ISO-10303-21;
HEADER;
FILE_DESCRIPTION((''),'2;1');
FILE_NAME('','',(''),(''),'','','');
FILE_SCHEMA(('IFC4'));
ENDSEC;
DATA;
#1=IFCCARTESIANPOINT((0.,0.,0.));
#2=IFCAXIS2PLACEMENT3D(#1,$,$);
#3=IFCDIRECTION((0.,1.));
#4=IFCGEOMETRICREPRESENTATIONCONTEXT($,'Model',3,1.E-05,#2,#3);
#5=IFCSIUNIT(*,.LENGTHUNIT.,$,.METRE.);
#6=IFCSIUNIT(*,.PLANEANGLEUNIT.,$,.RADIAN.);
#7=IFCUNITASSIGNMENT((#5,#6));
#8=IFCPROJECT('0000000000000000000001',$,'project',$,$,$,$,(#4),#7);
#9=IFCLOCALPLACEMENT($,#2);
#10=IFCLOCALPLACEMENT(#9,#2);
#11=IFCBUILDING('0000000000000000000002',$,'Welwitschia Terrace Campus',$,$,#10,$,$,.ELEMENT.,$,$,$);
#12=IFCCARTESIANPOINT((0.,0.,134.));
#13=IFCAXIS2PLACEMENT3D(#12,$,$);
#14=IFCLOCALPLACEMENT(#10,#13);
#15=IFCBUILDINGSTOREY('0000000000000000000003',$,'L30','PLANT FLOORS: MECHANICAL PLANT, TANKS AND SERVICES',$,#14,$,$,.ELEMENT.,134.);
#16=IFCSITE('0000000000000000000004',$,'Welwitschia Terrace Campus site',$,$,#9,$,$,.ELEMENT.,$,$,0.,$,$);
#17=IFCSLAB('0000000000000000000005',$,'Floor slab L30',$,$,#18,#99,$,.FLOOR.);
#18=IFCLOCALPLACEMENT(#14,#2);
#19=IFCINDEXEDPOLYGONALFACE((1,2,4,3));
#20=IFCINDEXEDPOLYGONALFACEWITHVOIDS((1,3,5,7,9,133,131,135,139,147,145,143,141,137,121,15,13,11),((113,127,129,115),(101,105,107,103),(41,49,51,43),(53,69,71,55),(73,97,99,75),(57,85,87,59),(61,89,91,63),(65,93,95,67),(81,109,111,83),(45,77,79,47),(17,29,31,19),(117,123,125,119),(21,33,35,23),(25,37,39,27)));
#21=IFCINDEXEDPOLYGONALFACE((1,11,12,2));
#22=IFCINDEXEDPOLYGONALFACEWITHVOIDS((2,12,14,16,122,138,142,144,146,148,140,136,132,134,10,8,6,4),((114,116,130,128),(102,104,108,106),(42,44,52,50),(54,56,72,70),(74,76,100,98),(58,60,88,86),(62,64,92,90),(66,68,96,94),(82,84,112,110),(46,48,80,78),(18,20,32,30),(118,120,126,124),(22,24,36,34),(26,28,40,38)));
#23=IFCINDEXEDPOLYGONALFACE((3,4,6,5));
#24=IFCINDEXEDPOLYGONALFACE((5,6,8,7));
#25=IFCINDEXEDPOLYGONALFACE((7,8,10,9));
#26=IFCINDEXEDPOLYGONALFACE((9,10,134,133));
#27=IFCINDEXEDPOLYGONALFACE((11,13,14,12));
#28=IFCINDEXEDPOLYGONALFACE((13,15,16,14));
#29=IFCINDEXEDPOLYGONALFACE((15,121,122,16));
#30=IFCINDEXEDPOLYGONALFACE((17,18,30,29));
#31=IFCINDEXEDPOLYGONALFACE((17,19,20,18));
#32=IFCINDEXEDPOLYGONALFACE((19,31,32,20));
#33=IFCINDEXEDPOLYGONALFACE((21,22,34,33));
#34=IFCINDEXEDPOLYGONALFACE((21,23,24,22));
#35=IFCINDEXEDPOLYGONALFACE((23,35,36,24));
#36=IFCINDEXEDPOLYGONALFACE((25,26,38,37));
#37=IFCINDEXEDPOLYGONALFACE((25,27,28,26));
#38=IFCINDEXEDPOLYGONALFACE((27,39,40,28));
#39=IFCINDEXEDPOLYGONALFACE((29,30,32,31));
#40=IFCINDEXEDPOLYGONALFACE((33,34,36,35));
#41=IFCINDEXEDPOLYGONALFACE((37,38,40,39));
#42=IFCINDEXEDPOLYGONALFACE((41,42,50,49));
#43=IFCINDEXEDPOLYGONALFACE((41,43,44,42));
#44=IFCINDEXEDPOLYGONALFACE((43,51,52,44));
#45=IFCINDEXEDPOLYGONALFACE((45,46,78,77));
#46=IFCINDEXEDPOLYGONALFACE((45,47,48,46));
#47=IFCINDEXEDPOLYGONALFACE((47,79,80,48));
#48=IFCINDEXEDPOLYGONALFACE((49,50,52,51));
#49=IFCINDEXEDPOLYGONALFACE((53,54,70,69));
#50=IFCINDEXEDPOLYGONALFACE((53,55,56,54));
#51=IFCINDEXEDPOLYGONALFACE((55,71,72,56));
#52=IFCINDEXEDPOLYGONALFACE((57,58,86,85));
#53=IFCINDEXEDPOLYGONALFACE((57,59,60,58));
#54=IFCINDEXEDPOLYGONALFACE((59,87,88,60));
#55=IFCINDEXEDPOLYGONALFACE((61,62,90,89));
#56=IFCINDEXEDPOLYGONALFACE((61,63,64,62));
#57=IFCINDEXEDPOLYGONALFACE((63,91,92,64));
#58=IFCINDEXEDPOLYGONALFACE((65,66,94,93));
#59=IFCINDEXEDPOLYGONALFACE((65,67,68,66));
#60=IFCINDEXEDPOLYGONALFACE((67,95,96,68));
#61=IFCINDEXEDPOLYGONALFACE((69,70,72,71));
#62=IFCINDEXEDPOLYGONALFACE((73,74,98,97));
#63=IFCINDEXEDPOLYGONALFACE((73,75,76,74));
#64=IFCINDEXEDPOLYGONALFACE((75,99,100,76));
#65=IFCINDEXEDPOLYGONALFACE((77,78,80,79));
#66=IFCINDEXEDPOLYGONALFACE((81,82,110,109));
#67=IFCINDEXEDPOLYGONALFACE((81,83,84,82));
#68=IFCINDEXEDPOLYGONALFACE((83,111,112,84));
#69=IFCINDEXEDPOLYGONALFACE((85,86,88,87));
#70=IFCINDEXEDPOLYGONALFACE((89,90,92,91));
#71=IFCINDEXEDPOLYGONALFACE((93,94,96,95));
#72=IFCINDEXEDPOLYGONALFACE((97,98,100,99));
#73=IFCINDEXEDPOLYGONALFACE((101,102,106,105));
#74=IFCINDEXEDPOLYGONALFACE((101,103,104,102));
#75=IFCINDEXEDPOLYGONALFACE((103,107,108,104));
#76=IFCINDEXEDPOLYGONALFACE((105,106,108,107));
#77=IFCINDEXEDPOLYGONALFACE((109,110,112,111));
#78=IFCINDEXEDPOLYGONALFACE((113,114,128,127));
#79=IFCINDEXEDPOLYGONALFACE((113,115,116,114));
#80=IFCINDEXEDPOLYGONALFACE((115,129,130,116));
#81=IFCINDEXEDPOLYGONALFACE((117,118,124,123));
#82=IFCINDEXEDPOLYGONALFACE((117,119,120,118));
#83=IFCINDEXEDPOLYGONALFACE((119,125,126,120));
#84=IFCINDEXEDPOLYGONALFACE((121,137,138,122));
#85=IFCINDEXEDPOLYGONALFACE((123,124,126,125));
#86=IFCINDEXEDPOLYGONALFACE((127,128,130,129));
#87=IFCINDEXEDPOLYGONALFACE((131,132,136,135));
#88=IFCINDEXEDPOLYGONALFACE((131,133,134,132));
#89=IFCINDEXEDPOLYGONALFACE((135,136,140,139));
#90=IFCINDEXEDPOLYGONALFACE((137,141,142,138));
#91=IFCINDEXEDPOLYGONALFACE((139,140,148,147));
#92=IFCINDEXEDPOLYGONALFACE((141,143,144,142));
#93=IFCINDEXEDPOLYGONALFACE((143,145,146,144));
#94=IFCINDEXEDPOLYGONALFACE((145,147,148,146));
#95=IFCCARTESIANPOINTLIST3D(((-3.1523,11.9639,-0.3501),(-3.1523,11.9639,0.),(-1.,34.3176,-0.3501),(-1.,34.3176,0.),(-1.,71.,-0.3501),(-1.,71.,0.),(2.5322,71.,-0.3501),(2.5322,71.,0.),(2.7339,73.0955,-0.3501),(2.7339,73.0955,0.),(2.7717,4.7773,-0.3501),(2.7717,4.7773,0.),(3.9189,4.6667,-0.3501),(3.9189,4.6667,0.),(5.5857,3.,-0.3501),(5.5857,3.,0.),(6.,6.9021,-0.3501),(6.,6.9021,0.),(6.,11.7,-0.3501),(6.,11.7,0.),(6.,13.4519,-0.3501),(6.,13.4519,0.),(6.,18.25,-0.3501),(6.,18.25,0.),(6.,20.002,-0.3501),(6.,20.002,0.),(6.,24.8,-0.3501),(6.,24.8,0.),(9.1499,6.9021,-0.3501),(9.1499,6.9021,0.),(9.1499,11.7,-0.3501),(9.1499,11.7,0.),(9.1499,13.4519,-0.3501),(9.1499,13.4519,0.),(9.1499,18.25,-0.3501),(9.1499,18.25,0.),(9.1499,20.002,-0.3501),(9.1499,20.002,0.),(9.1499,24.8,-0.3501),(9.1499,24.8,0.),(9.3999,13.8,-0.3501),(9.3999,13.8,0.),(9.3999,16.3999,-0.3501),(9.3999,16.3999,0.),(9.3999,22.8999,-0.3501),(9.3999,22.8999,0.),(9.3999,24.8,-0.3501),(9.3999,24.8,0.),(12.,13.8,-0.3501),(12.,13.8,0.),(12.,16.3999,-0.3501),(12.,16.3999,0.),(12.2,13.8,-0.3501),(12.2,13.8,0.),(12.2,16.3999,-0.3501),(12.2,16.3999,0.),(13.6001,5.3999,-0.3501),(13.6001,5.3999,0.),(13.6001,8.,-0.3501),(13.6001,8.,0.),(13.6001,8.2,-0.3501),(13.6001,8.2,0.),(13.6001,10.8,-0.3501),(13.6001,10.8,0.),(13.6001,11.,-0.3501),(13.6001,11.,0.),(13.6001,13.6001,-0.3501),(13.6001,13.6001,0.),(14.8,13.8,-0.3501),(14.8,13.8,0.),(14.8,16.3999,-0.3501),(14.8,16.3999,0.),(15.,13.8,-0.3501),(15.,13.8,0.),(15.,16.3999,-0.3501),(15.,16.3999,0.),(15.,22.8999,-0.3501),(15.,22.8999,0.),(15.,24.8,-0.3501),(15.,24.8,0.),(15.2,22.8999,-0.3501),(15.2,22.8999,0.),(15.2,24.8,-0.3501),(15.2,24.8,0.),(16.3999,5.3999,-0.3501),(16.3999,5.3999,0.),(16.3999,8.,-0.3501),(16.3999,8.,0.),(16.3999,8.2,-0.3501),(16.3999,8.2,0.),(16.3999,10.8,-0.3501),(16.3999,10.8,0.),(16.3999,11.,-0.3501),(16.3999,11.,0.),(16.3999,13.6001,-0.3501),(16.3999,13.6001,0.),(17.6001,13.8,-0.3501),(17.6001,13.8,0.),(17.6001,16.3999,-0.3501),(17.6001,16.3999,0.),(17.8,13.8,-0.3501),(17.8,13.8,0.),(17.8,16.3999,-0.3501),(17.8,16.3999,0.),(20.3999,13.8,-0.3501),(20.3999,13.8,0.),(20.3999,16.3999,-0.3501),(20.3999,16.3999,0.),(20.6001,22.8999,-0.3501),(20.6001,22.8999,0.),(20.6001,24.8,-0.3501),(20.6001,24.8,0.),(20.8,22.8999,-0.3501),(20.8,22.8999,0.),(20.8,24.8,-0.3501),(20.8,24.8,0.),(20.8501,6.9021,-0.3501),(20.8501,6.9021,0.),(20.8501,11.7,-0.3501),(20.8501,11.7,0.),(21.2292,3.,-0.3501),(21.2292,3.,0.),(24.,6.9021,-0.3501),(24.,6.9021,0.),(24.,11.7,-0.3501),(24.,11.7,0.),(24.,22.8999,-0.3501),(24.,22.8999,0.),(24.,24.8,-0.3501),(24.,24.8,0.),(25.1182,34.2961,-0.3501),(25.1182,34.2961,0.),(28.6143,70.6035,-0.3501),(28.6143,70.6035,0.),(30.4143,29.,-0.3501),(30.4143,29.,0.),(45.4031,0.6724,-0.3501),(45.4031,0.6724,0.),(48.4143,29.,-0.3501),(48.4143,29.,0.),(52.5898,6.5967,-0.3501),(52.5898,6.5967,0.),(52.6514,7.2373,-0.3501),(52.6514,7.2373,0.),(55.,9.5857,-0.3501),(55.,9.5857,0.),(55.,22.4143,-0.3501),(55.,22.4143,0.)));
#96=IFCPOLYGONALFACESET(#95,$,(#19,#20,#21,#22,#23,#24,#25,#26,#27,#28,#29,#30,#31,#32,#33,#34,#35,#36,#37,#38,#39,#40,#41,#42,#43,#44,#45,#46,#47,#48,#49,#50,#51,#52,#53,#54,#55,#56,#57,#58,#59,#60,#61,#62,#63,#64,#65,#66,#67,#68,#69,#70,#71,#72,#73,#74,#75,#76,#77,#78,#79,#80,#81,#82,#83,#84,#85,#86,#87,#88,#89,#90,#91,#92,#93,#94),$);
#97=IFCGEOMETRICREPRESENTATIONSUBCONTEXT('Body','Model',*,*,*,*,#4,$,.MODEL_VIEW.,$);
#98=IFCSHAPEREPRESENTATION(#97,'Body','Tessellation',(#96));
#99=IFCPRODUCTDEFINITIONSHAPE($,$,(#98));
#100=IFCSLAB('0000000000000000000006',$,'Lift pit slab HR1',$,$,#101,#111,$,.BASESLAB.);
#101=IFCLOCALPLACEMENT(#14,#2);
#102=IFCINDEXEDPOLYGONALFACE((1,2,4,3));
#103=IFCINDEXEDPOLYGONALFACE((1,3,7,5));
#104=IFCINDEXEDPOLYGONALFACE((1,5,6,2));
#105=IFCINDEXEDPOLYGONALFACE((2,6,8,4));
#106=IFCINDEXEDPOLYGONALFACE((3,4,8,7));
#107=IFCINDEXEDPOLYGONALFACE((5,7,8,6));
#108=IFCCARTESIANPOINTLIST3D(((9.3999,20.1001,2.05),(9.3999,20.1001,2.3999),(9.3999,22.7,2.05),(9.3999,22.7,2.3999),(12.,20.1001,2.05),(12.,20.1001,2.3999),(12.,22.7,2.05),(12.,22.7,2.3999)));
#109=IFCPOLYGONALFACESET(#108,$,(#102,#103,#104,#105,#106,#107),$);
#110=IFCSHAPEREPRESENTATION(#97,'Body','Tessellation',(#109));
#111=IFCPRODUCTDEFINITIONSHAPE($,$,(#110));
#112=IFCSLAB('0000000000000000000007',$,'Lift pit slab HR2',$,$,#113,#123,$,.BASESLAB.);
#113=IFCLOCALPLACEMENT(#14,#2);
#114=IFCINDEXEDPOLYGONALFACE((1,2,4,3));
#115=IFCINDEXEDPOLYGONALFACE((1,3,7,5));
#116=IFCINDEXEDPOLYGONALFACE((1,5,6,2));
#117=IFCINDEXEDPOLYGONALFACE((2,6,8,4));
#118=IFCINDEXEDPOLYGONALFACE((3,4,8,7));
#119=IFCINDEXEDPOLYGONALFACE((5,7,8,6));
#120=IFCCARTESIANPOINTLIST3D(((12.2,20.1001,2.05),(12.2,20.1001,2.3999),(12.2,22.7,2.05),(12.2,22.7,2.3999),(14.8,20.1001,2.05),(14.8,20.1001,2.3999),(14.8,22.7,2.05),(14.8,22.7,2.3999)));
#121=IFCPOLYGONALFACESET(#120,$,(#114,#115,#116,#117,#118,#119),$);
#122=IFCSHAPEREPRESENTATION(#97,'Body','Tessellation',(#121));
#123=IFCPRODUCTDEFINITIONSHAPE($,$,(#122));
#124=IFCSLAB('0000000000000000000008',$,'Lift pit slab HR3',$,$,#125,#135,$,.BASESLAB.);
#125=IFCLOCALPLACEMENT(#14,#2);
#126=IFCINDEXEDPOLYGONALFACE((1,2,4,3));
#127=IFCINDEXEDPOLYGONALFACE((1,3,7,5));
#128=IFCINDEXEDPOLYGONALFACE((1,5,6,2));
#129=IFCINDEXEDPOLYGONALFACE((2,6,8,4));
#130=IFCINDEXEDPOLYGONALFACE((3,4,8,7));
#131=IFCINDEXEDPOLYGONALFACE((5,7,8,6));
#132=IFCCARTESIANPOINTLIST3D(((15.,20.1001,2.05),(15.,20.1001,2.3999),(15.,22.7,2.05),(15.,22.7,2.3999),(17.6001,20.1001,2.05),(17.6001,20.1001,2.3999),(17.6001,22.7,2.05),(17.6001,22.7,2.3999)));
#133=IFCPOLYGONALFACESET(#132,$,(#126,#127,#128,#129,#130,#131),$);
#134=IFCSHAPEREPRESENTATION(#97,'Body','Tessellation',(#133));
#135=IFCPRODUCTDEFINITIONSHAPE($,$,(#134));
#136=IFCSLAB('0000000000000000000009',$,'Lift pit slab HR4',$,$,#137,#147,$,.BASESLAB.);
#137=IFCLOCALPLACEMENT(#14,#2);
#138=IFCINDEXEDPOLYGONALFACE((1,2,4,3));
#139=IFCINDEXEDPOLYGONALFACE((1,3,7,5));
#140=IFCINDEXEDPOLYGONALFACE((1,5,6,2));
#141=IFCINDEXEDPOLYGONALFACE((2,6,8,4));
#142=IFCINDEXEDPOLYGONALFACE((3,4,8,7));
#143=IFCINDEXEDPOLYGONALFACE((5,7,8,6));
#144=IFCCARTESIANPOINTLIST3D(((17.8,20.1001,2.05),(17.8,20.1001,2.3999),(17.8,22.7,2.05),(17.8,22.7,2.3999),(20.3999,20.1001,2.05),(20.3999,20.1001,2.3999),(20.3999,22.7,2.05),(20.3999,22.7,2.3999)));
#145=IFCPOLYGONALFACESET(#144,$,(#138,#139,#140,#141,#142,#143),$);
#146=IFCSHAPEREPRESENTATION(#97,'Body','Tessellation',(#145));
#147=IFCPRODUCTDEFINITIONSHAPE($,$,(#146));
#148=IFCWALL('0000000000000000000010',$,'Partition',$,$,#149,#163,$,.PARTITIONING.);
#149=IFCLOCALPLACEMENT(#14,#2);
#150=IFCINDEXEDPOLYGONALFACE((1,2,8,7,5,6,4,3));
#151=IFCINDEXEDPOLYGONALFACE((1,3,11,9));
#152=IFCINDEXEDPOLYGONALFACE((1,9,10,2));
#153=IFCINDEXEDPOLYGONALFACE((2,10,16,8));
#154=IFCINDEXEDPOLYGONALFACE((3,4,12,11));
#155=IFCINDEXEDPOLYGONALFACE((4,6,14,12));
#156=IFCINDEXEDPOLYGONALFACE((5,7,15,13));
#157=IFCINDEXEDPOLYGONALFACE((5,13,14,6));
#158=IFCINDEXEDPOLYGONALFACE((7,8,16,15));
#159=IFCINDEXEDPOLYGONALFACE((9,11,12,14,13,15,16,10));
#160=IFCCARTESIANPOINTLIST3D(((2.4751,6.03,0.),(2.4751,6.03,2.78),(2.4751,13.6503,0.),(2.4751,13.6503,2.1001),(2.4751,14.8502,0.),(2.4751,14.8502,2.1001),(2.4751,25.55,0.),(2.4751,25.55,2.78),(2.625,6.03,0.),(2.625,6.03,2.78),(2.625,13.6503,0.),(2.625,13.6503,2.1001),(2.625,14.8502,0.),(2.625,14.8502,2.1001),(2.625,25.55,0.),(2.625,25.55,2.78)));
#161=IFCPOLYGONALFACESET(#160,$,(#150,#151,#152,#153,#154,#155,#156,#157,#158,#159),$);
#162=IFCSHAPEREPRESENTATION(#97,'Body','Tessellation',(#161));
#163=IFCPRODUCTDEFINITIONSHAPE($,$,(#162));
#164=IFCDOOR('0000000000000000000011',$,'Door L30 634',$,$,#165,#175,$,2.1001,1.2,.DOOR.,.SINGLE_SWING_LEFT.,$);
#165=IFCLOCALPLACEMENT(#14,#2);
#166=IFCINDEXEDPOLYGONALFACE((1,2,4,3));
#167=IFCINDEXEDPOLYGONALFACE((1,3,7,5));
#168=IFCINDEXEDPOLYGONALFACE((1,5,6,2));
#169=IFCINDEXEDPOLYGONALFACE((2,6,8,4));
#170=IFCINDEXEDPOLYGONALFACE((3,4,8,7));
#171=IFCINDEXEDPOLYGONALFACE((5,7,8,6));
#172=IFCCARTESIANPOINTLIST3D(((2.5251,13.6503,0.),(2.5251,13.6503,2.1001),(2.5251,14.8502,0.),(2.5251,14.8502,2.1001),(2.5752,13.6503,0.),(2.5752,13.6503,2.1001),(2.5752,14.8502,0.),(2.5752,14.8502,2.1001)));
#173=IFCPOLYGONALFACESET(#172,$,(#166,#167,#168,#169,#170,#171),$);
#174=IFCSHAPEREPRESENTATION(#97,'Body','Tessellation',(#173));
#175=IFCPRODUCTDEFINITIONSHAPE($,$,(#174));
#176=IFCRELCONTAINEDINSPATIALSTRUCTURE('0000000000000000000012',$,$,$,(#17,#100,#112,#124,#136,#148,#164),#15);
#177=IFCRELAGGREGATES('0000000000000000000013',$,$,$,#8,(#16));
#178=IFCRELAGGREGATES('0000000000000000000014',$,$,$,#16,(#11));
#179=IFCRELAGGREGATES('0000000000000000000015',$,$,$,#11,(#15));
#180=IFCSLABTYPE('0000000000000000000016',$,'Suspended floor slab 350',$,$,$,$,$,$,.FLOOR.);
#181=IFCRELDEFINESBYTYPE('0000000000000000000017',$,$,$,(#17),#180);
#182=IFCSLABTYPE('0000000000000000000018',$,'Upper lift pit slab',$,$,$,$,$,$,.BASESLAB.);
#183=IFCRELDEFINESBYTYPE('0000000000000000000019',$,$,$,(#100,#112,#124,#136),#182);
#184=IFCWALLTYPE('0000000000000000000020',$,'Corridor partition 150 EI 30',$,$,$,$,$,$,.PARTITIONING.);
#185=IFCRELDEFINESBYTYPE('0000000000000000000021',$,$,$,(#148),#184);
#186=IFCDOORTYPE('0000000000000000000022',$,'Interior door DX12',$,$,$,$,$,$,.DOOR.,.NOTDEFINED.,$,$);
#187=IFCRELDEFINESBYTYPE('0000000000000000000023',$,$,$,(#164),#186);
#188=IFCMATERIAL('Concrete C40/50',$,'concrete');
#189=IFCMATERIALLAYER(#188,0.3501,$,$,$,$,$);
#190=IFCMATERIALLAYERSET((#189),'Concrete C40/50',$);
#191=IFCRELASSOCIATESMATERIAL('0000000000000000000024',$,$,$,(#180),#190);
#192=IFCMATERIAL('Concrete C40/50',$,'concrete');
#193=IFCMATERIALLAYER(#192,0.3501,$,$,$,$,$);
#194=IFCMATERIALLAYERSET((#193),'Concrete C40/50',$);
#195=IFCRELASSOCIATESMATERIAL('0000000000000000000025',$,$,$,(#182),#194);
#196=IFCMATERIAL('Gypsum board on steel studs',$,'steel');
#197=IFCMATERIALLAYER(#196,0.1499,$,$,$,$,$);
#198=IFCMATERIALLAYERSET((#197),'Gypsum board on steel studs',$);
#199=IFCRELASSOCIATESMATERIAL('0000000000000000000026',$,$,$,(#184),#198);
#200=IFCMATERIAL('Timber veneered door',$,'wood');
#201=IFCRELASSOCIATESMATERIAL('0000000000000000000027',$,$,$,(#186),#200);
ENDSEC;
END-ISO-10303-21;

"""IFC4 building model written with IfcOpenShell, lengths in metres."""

from ifc_helpers import new_model, si_unit, direction, frame, frame_2d, origin, place, context, subcontext, project, spatial, polyline, rectangle, outline, extrude, material, layer, layer_set, type_object, element, fill, save


model = new_model("IFC4")

# Units and contexts
model_context = context("Model", 3, precision=1e-05, world=origin(), true_north=direction((0.0, 1.0)))
body_context = subcontext(model_context, "Body", "Model", "MODEL_VIEW")
ifc_project = project(units=[si_unit("LENGTHUNIT", "METRE"), si_unit("PLANEANGLEUNIT", "RADIAN")], contexts=[model_context])

# Site, building, storey
site_placement = place(None, origin())
site = spatial("IfcSite", under=ifc_project, at=site_placement, Name="Welwitschia Terrace Campus site", CompositionType="ELEMENT", RefElevation=0.0)
building_placement = place(site_placement, origin())
building = spatial("IfcBuilding", under=site, at=building_placement, Name="Welwitschia Terrace Campus", CompositionType="ELEMENT")
storey_placement = place(building_placement, frame((0.0, 0.0, 134.0)))
storey = spatial("IfcBuildingStorey", under=building, at=storey_placement, Name="L30", Description="PLANT FLOORS: MECHANICAL PLANT, TANKS AND SERVICES", CompositionType="ELEMENT", Elevation=134.0)

# Slabs
ifc_material_1 = material(Name="Concrete C40/50", Category="concrete")
ifc_layer_1 = layer(ifc_material_1, 0.3501)
ifc_layer_set_1 = layer_set([ifc_layer_1], Name="Concrete C40/50")
slab_type_1 = type_object("IfcSlabType", Name="Suspended floor slab 350", PredefinedType="FLOOR", material=ifc_layer_set_1)
slab_1_placement = place(storey_placement, frame((0.0, 0.0, -0.3501)))
element("IfcSlab", 1, at=slab_1_placement, inside=storey, type_object=slab_type_1, Name="Floor slab L30", PredefinedType="FLOOR", context=body_context, shape_type="SweptSolid", body=[
    extrude(outline(polyline([(-1.0, 71.0), (2.5322, 71.0), (2.7339, 73.0955), (28.6143, 70.6035), (25.1182, 34.2961), (30.4143, 29.0), (48.4143, 29.0), (55.0, 22.4143), (55.0, 9.5857), (52.6514, 7.2373), (52.5898, 6.5967), (45.4031, 0.6724), (21.2292, 3.0), (5.5857, 3.0), (3.9189, 4.6667), (2.7717, 4.7773), (-3.1523, 11.9639), (-1.0, 34.3176), (-1.0, 71.0)]), holes=[polyline([(13.6001, 8.0), (13.6001, 5.3999), (16.3999, 5.3999), (16.3999, 8.0), (13.6001, 8.0)]), polyline([(9.1499, 11.7), (6.0, 11.7), (6.0, 6.9021), (9.1499, 6.9021), (9.1499, 11.7)]), polyline([(12.0, 16.3999), (9.3999, 16.3999), (9.3999, 13.8), (12.0, 13.8), (12.0, 16.3999)]), polyline([(14.8, 16.3999), (12.2, 16.3999), (12.2, 13.8), (14.8, 13.8), (14.8, 16.3999)]), polyline([(9.1499, 18.25), (6.0, 18.25), (6.0, 13.4519), (9.1499, 13.4519), (9.1499, 18.25)]), polyline([(9.1499, 24.8), (6.0, 24.8), (6.0, 20.002), (9.1499, 20.002), (9.1499, 24.8)]), polyline([(15.0, 24.8), (9.3999, 24.8), (9.3999, 22.8999), (15.0, 22.8999), (15.0, 24.8)]), polyline([(20.8501, 11.7), (20.8501, 6.9021), (24.0, 6.9021), (24.0, 11.7), (20.8501, 11.7)]), polyline([(16.3999, 10.8), (13.6001, 10.8), (13.6001, 8.2), (16.3999, 8.2), (16.3999, 10.8)]), polyline([(16.3999, 13.6001), (13.6001, 13.6001), (13.6001, 11.0), (16.3999, 11.0), (16.3999, 13.6001)]), polyline([(17.6001, 16.3999), (15.0, 16.3999), (15.0, 13.8), (17.6001, 13.8), (17.6001, 16.3999)]), polyline([(20.3999, 16.3999), (17.8, 16.3999), (17.8, 13.8), (20.3999, 13.8), (20.3999, 16.3999)]), polyline([(20.6001, 24.8), (15.2, 24.8), (15.2, 22.8999), (20.6001, 22.8999), (20.6001, 24.8)]), polyline([(24.0, 24.8), (20.8, 24.8), (20.8, 22.8999), (24.0, 22.8999), (24.0, 24.8)])]), origin(), (0.0, 0.0, 1.0), 0.3501),
])
ifc_material_2 = material(Name="Concrete C40/50", Category="concrete")
ifc_layer_2 = layer(ifc_material_2, 0.3501)
ifc_layer_set_2 = layer_set([ifc_layer_2], Name="Concrete C40/50")
slab_type_2 = type_object("IfcSlabType", Name="Upper lift pit slab", PredefinedType="BASESLAB", material=ifc_layer_set_2)
slab_2_placement = place(storey_placement, frame((0.0, 0.0, 2.05)))
element("IfcSlab", 2, at=slab_2_placement, inside=storey, type_object=slab_type_2, Name="Lift pit slab HR1", PredefinedType="BASESLAB", context=body_context, shape_type="SweptSolid", body=[
    extrude(outline(polyline([(9.3999, 20.1001), (12.0, 20.1001), (12.0, 22.7), (9.3999, 22.7), (9.3999, 20.1001)])), origin(), (0.0, 0.0, 1.0), 0.3499),
])
slab_3_placement = place(storey_placement, frame((0.0, 0.0, 2.05)))
element("IfcSlab", 3, at=slab_3_placement, inside=storey, type_object=slab_type_2, Name="Lift pit slab HR2", PredefinedType="BASESLAB", context=body_context, shape_type="SweptSolid", body=[
    extrude(outline(polyline([(12.2, 20.1001), (14.8, 20.1001), (14.8, 22.7), (12.2, 22.7), (12.2, 20.1001)])), origin(), (0.0, 0.0, 1.0), 0.3499),
])
slab_4_placement = place(storey_placement, frame((0.0, 0.0, 2.05)))
element("IfcSlab", 4, at=slab_4_placement, inside=storey, type_object=slab_type_2, Name="Lift pit slab HR3", PredefinedType="BASESLAB", context=body_context, shape_type="SweptSolid", body=[
    extrude(outline(polyline([(15.0, 20.1001), (17.6001, 20.1001), (17.6001, 22.7), (15.0, 22.7), (15.0, 20.1001)])), origin(), (0.0, 0.0, 1.0), 0.3499),
])
slab_5_placement = place(storey_placement, frame((0.0, 0.0, 2.05)))
element("IfcSlab", 5, at=slab_5_placement, inside=storey, type_object=slab_type_2, Name="Lift pit slab HR4", PredefinedType="BASESLAB", context=body_context, shape_type="SweptSolid", body=[
    extrude(outline(polyline([(17.8, 20.1001), (20.3999, 20.1001), (20.3999, 22.7), (17.8, 22.7), (17.8, 20.1001)])), origin(), (0.0, 0.0, 1.0), 0.3499),
])

# Wall, opening, door
ifc_material_3 = material(Name="Gypsum board on steel studs", Category="steel")
ifc_layer_3 = layer(ifc_material_3, 0.1499)
ifc_layer_set_3 = layer_set([ifc_layer_3], Name="Gypsum board on steel studs")
wall_type = type_object("IfcWallType", Name="Corridor partition 150 EI 30", PredefinedType="PARTITIONING", material=ifc_layer_set_3)
wall_placement = place(storey_placement, frame((2.55, 6.03, 0.0), z_axis=(0.0, 0.0, 1.0), x_axis=(0.0, 1.0, 0.0)))
wall = element("IfcWall", 6, at=wall_placement, inside=storey, type_object=wall_type, Name="Partition", PredefinedType="PARTITIONING", context=body_context, shape_type="SweptSolid", body=[
    extrude(rectangle(XDim=19.52, YDim=0.1499, at=frame_2d((9.76, 0.0))), origin(), (0.0, 0.0, 1.0), 2.78),
])
opening_placement = place(wall_placement, frame((7.6201, 0.0, 0.0)))
opening = element("IfcOpeningElement", 7, at=opening_placement, cuts=wall, PredefinedType="OPENING", context=body_context, shape_type="SweptSolid", body=[
    extrude(rectangle(XDim=1.2, YDim=2.1001, at=frame_2d((0.6001, 1.05))), frame((0.0, 0.085, 0.0), z_axis=(0.0, -1.0, 0.0), x_axis=(1.0, 0.0, 0.0)), (0.0, 0.0, 1.0), 0.1699),
])
ifc_material_4 = material(Name="Timber veneered door", Category="wood")
door_type = type_object("IfcDoorType", Name="Interior door DX12", OperationType="NOTDEFINED", PredefinedType="DOOR", material=ifc_material_4)
door_placement = place(opening_placement, origin())
door = element("IfcDoor", 8, at=door_placement, inside=storey, type_object=door_type, Name="Door L30 634", OperationType="SINGLE_SWING_LEFT", OverallHeight=2.1001, OverallWidth=1.2, PredefinedType="DOOR", context=body_context, shape_type="SweptSolid", body=[
    extrude(rectangle(XDim=1.2, YDim=2.1001, at=frame_2d((0.6001, 1.05))), frame((0.0, 0.0249, 0.0), z_axis=(0.0, -1.0, 0.0), x_axis=(1.0, 0.0, 0.0)), (0.0, 0.0, 1.0), 0.05),
])
fill(opening, door)

save(model, "model.ifc")
